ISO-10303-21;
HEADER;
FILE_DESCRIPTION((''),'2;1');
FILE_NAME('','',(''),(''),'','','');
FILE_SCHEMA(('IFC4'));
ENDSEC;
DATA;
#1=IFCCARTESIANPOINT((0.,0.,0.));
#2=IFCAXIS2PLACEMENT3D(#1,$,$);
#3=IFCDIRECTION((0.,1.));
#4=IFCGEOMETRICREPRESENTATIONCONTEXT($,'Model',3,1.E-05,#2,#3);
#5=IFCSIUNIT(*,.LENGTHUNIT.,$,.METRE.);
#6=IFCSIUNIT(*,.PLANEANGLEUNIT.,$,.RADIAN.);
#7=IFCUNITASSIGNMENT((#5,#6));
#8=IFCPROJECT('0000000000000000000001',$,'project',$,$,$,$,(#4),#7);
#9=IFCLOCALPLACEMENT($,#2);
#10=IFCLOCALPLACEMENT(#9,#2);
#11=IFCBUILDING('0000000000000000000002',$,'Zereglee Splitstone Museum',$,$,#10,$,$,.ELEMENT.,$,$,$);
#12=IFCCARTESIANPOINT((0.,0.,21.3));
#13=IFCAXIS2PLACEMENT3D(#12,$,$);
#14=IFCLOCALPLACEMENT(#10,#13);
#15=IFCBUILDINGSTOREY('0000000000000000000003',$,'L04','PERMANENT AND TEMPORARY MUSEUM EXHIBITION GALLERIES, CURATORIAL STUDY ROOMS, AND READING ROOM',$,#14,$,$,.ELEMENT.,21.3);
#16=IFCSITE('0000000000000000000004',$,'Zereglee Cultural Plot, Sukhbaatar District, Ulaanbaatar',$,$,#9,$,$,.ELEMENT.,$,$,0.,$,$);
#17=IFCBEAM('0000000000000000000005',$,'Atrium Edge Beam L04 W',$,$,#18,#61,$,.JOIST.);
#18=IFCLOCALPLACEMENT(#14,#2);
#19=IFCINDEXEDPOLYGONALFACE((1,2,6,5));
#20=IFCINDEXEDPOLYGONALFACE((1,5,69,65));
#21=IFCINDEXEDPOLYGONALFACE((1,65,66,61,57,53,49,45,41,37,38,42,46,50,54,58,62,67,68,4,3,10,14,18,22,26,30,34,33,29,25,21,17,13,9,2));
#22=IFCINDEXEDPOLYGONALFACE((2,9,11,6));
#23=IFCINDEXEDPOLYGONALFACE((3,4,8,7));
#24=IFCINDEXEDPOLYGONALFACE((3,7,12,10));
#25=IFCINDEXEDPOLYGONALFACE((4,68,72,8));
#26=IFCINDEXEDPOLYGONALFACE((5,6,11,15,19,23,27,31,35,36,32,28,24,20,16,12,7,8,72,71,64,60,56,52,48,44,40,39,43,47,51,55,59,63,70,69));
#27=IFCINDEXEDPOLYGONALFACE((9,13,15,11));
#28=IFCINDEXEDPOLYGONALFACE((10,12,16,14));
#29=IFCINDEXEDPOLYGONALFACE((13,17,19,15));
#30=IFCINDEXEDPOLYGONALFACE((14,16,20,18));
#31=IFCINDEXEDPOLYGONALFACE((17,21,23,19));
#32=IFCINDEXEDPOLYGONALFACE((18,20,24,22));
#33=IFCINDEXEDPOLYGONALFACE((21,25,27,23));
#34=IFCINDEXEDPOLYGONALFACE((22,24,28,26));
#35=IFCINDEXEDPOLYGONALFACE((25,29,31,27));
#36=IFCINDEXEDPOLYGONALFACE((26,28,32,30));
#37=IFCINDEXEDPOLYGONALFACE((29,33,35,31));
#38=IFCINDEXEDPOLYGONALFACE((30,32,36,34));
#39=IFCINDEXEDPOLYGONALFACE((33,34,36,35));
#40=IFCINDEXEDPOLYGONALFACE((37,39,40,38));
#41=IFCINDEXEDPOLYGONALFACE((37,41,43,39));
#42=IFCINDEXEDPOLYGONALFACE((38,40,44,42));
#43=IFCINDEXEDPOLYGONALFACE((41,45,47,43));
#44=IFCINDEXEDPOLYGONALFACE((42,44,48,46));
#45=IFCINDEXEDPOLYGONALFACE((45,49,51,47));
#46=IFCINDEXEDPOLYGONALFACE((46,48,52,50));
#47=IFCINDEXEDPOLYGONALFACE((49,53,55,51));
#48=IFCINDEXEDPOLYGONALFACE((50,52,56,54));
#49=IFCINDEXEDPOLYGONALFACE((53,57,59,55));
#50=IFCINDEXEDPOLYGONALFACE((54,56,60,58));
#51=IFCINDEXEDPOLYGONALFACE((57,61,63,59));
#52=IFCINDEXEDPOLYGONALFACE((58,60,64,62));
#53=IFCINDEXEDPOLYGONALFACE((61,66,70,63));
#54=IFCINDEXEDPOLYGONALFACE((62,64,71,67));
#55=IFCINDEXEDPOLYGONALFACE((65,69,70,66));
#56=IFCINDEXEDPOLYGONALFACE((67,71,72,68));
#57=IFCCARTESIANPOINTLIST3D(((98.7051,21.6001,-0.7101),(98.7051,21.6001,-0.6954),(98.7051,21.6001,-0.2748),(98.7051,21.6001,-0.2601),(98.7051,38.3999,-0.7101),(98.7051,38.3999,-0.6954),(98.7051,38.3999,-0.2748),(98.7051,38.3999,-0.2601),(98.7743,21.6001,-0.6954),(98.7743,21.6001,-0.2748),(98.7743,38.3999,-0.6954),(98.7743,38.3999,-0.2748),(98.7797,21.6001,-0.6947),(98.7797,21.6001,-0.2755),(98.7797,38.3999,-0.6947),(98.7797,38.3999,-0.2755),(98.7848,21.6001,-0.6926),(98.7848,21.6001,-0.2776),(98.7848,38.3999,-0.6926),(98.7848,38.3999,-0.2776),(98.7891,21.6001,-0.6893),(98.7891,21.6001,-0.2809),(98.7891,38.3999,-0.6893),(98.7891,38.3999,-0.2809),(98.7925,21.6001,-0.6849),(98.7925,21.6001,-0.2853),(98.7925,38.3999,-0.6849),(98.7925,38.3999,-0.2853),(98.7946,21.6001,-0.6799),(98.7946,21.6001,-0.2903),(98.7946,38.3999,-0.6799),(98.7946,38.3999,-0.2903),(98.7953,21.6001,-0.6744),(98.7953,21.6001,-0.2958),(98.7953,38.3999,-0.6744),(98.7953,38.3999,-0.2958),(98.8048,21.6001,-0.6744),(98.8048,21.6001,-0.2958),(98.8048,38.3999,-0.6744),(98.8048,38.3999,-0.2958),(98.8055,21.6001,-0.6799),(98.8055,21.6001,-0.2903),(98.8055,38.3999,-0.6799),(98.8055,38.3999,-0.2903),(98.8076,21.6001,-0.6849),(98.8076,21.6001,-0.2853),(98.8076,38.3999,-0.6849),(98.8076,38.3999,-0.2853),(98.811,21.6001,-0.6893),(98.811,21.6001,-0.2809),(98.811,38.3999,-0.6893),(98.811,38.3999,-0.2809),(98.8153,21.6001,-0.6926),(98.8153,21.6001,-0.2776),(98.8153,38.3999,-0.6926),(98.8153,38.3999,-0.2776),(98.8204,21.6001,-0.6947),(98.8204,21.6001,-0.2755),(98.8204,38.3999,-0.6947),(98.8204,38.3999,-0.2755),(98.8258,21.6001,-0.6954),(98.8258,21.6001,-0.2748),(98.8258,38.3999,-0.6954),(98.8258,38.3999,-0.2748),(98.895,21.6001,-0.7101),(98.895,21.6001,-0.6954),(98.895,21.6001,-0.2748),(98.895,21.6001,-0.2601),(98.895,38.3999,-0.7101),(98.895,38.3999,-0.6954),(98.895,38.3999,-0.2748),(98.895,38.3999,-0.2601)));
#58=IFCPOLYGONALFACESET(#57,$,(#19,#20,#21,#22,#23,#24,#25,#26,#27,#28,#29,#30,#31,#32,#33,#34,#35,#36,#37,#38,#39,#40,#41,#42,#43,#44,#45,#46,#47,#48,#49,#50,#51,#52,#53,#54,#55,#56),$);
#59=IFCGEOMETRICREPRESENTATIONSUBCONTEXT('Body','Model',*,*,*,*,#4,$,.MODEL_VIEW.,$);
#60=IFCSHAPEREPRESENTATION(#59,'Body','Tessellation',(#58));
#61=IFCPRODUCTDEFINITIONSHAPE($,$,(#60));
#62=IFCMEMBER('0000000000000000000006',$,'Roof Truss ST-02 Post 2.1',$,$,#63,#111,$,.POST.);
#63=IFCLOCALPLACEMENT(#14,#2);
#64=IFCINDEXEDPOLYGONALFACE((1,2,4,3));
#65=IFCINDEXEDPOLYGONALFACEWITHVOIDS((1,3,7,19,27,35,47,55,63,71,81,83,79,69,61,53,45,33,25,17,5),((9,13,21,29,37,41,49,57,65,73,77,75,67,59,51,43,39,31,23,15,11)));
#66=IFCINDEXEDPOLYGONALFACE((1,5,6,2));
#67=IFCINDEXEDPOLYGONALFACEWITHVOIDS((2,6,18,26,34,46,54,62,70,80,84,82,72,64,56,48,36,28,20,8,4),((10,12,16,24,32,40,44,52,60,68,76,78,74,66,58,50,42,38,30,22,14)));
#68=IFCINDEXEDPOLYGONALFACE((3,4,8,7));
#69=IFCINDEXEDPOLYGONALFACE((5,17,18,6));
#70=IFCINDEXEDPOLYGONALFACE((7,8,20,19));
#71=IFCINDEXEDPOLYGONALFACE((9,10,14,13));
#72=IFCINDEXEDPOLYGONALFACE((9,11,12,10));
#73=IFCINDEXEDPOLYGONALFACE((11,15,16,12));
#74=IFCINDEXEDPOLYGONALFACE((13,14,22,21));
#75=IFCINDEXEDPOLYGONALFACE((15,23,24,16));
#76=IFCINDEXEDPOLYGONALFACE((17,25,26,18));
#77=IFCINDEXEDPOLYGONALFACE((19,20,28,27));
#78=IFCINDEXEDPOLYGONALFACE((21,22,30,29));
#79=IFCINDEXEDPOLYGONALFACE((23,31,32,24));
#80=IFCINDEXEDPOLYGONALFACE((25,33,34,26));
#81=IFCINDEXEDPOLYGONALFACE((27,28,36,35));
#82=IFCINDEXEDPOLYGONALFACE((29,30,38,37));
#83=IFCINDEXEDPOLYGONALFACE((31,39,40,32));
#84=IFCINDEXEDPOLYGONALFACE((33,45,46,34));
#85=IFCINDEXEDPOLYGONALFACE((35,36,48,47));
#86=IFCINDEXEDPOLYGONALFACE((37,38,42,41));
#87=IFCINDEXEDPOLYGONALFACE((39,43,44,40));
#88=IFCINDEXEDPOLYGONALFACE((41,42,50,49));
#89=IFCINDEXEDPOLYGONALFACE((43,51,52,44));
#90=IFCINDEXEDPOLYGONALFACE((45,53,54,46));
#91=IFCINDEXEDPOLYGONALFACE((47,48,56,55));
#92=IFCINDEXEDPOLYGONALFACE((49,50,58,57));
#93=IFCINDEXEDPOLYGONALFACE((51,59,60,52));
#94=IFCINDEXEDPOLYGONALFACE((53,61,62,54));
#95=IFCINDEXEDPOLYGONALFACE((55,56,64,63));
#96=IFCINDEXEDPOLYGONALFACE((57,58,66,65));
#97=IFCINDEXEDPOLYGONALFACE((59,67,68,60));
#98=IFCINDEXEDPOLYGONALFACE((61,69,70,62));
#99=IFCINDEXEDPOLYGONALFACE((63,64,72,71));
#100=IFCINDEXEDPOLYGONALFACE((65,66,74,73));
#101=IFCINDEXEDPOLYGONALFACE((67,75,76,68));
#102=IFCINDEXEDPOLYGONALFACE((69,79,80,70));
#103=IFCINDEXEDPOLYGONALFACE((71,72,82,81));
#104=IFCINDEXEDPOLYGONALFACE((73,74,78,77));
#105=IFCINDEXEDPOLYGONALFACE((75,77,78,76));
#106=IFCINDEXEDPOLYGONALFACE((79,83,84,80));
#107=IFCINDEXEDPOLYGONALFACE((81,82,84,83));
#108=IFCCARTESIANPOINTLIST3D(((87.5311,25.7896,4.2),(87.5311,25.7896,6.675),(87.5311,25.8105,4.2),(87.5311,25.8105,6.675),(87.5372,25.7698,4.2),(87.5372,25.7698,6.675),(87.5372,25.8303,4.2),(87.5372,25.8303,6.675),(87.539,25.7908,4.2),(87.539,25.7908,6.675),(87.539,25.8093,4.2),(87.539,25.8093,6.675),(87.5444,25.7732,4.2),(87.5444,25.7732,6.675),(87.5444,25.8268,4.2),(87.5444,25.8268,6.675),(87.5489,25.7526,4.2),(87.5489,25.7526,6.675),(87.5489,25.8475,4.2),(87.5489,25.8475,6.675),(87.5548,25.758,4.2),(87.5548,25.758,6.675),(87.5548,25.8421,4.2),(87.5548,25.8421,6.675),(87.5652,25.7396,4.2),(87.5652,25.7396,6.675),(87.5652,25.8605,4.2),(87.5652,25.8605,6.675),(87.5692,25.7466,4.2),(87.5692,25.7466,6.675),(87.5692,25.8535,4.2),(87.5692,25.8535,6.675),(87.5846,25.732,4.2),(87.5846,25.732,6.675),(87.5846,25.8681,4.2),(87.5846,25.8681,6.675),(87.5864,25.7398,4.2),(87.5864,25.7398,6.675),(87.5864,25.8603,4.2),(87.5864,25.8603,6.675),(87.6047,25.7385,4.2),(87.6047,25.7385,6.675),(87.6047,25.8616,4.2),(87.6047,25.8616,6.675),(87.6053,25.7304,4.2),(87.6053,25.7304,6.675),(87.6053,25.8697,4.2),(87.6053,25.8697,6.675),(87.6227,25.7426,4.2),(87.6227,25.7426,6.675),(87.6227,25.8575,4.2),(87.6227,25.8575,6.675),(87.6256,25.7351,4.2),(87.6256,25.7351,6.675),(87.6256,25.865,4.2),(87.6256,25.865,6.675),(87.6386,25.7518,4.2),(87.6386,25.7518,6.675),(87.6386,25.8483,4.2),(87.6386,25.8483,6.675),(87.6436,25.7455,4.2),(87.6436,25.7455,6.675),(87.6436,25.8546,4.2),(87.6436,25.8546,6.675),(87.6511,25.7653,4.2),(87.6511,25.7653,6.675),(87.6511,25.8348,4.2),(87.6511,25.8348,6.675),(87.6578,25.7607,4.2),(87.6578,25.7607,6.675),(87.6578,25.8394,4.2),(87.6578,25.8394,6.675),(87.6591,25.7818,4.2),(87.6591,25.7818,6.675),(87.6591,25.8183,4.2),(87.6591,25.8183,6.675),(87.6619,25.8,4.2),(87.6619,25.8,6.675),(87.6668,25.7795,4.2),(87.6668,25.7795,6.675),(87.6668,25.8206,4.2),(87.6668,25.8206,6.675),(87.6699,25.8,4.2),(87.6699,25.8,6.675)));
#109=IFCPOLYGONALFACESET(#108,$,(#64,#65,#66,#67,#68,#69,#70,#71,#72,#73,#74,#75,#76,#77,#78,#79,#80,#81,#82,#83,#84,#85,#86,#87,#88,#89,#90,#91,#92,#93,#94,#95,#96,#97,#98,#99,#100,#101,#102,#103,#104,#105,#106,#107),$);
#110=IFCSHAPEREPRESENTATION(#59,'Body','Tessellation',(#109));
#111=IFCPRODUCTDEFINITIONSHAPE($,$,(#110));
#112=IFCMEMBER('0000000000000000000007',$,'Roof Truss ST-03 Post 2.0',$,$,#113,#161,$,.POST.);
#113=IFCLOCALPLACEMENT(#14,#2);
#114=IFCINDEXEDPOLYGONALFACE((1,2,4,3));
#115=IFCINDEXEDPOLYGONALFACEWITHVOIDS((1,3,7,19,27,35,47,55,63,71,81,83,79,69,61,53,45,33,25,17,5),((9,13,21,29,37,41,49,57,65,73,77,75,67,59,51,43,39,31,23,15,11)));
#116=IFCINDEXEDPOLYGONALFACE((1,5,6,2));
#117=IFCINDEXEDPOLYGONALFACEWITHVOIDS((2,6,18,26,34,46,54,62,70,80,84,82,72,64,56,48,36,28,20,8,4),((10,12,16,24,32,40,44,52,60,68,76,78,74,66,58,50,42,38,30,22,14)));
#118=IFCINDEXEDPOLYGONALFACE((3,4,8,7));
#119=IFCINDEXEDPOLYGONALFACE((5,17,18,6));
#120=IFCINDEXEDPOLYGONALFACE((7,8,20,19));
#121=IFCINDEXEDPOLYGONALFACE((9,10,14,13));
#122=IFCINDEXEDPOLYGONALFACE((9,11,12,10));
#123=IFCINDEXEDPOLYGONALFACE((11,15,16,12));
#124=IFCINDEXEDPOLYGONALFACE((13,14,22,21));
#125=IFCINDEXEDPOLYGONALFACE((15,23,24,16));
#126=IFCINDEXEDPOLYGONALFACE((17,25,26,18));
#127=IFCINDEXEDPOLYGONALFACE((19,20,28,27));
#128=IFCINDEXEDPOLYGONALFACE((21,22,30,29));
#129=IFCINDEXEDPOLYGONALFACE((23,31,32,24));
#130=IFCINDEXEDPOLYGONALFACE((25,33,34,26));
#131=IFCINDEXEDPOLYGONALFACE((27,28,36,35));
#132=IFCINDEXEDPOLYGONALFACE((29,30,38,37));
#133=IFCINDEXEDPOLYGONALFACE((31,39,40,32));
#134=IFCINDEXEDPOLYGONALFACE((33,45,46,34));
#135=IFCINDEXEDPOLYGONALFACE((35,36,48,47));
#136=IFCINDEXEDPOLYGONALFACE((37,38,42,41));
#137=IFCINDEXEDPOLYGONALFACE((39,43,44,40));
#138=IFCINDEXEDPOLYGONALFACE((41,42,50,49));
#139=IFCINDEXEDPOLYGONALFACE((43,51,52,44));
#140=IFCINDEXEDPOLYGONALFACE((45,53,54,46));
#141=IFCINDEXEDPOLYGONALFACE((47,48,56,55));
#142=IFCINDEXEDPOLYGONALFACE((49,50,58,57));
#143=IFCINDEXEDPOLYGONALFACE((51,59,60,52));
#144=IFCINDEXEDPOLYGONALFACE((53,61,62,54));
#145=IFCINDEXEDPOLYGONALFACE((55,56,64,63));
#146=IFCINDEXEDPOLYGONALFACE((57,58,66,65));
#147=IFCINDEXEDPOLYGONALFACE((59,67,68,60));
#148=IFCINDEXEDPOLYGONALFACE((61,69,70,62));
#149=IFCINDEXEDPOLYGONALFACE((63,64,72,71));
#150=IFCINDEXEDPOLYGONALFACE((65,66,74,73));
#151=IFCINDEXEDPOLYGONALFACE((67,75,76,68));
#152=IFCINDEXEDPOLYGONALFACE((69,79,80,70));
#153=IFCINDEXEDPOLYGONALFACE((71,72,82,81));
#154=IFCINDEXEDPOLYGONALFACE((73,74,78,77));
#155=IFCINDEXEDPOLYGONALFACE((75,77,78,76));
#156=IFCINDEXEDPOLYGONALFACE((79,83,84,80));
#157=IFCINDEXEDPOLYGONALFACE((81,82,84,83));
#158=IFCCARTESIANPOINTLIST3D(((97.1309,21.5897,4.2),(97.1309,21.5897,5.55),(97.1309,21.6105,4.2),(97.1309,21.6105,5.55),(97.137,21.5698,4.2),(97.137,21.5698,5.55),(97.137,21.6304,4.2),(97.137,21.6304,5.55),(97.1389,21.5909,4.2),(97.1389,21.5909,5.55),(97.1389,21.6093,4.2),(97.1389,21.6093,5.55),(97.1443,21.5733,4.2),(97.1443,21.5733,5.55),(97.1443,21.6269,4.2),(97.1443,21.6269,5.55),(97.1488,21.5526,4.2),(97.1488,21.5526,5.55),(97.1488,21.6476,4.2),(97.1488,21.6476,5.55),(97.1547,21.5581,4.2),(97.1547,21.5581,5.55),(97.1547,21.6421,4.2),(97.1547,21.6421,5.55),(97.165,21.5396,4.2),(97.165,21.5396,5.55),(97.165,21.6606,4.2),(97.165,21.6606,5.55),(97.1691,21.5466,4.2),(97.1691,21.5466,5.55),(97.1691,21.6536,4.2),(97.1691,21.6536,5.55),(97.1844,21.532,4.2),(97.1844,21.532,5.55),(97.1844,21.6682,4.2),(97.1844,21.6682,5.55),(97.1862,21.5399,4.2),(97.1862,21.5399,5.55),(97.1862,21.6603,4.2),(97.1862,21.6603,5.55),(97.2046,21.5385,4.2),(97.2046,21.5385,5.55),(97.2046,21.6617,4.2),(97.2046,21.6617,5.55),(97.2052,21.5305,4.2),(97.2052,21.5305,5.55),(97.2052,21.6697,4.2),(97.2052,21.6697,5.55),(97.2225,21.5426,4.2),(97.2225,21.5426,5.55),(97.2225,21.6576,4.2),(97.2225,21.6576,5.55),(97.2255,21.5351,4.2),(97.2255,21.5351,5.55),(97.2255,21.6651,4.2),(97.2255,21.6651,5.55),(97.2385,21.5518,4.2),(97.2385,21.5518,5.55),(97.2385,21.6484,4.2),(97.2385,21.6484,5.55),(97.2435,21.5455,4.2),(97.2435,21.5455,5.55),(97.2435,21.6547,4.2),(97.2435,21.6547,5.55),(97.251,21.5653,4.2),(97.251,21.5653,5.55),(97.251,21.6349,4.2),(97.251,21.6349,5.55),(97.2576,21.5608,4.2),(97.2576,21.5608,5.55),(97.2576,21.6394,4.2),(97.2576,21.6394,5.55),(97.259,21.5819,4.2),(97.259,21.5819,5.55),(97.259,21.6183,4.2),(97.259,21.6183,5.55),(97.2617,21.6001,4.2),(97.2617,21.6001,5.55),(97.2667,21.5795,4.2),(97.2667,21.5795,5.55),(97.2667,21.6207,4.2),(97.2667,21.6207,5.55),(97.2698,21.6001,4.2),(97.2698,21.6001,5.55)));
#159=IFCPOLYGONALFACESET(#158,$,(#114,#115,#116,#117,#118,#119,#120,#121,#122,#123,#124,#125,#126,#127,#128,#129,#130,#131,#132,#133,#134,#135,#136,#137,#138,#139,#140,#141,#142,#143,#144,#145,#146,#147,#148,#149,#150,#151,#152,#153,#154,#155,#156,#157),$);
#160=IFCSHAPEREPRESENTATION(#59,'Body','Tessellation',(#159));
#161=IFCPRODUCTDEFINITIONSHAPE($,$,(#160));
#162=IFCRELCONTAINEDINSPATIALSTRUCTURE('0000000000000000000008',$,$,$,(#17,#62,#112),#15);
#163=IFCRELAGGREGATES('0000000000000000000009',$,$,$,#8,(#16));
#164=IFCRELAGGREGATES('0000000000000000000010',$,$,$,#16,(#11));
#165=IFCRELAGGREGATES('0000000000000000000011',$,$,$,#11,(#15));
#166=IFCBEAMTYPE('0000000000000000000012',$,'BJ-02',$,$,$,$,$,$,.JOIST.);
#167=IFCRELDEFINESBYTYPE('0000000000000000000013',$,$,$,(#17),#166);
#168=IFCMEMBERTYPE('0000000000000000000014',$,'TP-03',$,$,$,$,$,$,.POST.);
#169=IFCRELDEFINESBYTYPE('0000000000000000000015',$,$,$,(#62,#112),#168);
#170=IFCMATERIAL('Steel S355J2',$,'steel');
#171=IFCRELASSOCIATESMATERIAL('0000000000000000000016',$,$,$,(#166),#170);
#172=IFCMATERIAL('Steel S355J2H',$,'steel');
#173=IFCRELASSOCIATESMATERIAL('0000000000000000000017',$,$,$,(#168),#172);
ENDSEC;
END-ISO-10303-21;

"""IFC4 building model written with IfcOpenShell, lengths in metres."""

from ifc_helpers import new_model, si_unit, direction, frame, origin, origin_2d, place, context, subcontext, project, spatial, hollow_circle, i_section, extrude, material, material_profile, profile_set, type_object, element, save


model = new_model("IFC4")

# Units and contexts
model_context = context("Model", 3, precision=1e-05, world=origin(), true_north=direction((0.0, 1.0)))
body_context = subcontext(model_context, "Body", "Model", "MODEL_VIEW")
ifc_project = project(units=[si_unit("LENGTHUNIT", "METRE"), si_unit("PLANEANGLEUNIT", "RADIAN")], contexts=[model_context])

# Site, building, storey
site_placement = place(None, origin())
site = spatial("IfcSite", under=ifc_project, at=site_placement, Name="Zereglee Cultural Plot, Sukhbaatar District, Ulaanbaatar", CompositionType="ELEMENT", RefElevation=0.0)
building_placement = place(site_placement, origin())
building = spatial("IfcBuilding", under=site, at=building_placement, Name="Zereglee Splitstone Museum", CompositionType="ELEMENT")
storey_placement = place(building_placement, frame((0.0, 0.0, 21.3)))
storey = spatial("IfcBuildingStorey", under=building, at=storey_placement, Name="L04", Description="PERMANENT AND TEMPORARY MUSEUM EXHIBITION GALLERIES, CURATORIAL STUDY ROOMS, AND READING ROOM", CompositionType="ELEMENT", Elevation=21.3)

# Shared definitions
ifc_material_1 = material(Name="Steel S355J2H", Category="steel")
ifc_material_2 = material(Name="Steel S355J2", Category="steel")

# Beam
ifc_material_profile_1 = material_profile(ifc_material_2, i_section(OverallWidth=0.1899, OverallDepth=0.45, WebThickness=0.0095, FlangeThickness=0.0146, FilletRadius=0.021, at=origin_2d()), Name="IPE 450")
ifc_profile_set_1 = profile_set([ifc_material_profile_1], Name="Steel S355J2")
beam_type_1 = type_object("IfcBeamType", Name="BJ-02", PredefinedType="JOIST", material=ifc_profile_set_1)
beam_1_placement = place(storey_placement, frame((98.8, 21.6001, -0.4851), z_axis=(0.0, 1.0, 0.0), x_axis=(-1.0, 0.0, 0.0)))
element("IfcBeam", 1, at=beam_1_placement, inside=storey, type_object=beam_type_1, Name="Atrium Edge Beam L04 W", PredefinedType="JOIST", context=body_context, shape_type="SweptSolid", body=[
    extrude(i_section(OverallWidth=0.1899, OverallDepth=0.45, WebThickness=0.0095, FlangeThickness=0.0146, FilletRadius=0.021, at=origin_2d()), origin(), (0.0, 0.0, 1.0), 16.7998),
])

# Members
ifc_material_profile_2 = material_profile(ifc_material_1, hollow_circle(Radius=0.0698, WallThickness=0.0081, at=origin_2d()), Name="CHS 139.7x8")
ifc_profile_set_2 = profile_set([ifc_material_profile_2], Name="Steel S355J2H")
member_type_1 = type_object("IfcMemberType", Name="TP-03", PredefinedType="POST", material=ifc_profile_set_2)
member_1_placement = place(storey_placement, frame((87.6001, 25.8, 4.2), z_axis=(0.0, 0.0, 1.0), x_axis=(1.0, 0.0, 0.0)))
element("IfcMember", 2, at=member_1_placement, inside=storey, type_object=member_type_1, Name="Roof Truss ST-02 Post 2.1", PredefinedType="POST", context=body_context, shape_type="SweptSolid", body=[
    extrude(hollow_circle(Radius=0.0698, WallThickness=0.0081, at=origin_2d()), origin(), (0.0, 0.0, 1.0), 2.4751),
])
member_2_placement = place(storey_placement, frame((97.2, 21.6001, 4.2), z_axis=(0.0, 0.0, 1.0), x_axis=(1.0, 0.0, 0.0)))
element("IfcMember", 3, at=member_2_placement, inside=storey, type_object=member_type_1, Name="Roof Truss ST-03 Post 2.0", PredefinedType="POST", context=body_context, shape_type="SweptSolid", body=[
    extrude(hollow_circle(Radius=0.0698, WallThickness=0.0081, at=origin_2d()), origin(), (0.0, 0.0, 1.0), 1.3501),
])

save(model, "model.ifc")
